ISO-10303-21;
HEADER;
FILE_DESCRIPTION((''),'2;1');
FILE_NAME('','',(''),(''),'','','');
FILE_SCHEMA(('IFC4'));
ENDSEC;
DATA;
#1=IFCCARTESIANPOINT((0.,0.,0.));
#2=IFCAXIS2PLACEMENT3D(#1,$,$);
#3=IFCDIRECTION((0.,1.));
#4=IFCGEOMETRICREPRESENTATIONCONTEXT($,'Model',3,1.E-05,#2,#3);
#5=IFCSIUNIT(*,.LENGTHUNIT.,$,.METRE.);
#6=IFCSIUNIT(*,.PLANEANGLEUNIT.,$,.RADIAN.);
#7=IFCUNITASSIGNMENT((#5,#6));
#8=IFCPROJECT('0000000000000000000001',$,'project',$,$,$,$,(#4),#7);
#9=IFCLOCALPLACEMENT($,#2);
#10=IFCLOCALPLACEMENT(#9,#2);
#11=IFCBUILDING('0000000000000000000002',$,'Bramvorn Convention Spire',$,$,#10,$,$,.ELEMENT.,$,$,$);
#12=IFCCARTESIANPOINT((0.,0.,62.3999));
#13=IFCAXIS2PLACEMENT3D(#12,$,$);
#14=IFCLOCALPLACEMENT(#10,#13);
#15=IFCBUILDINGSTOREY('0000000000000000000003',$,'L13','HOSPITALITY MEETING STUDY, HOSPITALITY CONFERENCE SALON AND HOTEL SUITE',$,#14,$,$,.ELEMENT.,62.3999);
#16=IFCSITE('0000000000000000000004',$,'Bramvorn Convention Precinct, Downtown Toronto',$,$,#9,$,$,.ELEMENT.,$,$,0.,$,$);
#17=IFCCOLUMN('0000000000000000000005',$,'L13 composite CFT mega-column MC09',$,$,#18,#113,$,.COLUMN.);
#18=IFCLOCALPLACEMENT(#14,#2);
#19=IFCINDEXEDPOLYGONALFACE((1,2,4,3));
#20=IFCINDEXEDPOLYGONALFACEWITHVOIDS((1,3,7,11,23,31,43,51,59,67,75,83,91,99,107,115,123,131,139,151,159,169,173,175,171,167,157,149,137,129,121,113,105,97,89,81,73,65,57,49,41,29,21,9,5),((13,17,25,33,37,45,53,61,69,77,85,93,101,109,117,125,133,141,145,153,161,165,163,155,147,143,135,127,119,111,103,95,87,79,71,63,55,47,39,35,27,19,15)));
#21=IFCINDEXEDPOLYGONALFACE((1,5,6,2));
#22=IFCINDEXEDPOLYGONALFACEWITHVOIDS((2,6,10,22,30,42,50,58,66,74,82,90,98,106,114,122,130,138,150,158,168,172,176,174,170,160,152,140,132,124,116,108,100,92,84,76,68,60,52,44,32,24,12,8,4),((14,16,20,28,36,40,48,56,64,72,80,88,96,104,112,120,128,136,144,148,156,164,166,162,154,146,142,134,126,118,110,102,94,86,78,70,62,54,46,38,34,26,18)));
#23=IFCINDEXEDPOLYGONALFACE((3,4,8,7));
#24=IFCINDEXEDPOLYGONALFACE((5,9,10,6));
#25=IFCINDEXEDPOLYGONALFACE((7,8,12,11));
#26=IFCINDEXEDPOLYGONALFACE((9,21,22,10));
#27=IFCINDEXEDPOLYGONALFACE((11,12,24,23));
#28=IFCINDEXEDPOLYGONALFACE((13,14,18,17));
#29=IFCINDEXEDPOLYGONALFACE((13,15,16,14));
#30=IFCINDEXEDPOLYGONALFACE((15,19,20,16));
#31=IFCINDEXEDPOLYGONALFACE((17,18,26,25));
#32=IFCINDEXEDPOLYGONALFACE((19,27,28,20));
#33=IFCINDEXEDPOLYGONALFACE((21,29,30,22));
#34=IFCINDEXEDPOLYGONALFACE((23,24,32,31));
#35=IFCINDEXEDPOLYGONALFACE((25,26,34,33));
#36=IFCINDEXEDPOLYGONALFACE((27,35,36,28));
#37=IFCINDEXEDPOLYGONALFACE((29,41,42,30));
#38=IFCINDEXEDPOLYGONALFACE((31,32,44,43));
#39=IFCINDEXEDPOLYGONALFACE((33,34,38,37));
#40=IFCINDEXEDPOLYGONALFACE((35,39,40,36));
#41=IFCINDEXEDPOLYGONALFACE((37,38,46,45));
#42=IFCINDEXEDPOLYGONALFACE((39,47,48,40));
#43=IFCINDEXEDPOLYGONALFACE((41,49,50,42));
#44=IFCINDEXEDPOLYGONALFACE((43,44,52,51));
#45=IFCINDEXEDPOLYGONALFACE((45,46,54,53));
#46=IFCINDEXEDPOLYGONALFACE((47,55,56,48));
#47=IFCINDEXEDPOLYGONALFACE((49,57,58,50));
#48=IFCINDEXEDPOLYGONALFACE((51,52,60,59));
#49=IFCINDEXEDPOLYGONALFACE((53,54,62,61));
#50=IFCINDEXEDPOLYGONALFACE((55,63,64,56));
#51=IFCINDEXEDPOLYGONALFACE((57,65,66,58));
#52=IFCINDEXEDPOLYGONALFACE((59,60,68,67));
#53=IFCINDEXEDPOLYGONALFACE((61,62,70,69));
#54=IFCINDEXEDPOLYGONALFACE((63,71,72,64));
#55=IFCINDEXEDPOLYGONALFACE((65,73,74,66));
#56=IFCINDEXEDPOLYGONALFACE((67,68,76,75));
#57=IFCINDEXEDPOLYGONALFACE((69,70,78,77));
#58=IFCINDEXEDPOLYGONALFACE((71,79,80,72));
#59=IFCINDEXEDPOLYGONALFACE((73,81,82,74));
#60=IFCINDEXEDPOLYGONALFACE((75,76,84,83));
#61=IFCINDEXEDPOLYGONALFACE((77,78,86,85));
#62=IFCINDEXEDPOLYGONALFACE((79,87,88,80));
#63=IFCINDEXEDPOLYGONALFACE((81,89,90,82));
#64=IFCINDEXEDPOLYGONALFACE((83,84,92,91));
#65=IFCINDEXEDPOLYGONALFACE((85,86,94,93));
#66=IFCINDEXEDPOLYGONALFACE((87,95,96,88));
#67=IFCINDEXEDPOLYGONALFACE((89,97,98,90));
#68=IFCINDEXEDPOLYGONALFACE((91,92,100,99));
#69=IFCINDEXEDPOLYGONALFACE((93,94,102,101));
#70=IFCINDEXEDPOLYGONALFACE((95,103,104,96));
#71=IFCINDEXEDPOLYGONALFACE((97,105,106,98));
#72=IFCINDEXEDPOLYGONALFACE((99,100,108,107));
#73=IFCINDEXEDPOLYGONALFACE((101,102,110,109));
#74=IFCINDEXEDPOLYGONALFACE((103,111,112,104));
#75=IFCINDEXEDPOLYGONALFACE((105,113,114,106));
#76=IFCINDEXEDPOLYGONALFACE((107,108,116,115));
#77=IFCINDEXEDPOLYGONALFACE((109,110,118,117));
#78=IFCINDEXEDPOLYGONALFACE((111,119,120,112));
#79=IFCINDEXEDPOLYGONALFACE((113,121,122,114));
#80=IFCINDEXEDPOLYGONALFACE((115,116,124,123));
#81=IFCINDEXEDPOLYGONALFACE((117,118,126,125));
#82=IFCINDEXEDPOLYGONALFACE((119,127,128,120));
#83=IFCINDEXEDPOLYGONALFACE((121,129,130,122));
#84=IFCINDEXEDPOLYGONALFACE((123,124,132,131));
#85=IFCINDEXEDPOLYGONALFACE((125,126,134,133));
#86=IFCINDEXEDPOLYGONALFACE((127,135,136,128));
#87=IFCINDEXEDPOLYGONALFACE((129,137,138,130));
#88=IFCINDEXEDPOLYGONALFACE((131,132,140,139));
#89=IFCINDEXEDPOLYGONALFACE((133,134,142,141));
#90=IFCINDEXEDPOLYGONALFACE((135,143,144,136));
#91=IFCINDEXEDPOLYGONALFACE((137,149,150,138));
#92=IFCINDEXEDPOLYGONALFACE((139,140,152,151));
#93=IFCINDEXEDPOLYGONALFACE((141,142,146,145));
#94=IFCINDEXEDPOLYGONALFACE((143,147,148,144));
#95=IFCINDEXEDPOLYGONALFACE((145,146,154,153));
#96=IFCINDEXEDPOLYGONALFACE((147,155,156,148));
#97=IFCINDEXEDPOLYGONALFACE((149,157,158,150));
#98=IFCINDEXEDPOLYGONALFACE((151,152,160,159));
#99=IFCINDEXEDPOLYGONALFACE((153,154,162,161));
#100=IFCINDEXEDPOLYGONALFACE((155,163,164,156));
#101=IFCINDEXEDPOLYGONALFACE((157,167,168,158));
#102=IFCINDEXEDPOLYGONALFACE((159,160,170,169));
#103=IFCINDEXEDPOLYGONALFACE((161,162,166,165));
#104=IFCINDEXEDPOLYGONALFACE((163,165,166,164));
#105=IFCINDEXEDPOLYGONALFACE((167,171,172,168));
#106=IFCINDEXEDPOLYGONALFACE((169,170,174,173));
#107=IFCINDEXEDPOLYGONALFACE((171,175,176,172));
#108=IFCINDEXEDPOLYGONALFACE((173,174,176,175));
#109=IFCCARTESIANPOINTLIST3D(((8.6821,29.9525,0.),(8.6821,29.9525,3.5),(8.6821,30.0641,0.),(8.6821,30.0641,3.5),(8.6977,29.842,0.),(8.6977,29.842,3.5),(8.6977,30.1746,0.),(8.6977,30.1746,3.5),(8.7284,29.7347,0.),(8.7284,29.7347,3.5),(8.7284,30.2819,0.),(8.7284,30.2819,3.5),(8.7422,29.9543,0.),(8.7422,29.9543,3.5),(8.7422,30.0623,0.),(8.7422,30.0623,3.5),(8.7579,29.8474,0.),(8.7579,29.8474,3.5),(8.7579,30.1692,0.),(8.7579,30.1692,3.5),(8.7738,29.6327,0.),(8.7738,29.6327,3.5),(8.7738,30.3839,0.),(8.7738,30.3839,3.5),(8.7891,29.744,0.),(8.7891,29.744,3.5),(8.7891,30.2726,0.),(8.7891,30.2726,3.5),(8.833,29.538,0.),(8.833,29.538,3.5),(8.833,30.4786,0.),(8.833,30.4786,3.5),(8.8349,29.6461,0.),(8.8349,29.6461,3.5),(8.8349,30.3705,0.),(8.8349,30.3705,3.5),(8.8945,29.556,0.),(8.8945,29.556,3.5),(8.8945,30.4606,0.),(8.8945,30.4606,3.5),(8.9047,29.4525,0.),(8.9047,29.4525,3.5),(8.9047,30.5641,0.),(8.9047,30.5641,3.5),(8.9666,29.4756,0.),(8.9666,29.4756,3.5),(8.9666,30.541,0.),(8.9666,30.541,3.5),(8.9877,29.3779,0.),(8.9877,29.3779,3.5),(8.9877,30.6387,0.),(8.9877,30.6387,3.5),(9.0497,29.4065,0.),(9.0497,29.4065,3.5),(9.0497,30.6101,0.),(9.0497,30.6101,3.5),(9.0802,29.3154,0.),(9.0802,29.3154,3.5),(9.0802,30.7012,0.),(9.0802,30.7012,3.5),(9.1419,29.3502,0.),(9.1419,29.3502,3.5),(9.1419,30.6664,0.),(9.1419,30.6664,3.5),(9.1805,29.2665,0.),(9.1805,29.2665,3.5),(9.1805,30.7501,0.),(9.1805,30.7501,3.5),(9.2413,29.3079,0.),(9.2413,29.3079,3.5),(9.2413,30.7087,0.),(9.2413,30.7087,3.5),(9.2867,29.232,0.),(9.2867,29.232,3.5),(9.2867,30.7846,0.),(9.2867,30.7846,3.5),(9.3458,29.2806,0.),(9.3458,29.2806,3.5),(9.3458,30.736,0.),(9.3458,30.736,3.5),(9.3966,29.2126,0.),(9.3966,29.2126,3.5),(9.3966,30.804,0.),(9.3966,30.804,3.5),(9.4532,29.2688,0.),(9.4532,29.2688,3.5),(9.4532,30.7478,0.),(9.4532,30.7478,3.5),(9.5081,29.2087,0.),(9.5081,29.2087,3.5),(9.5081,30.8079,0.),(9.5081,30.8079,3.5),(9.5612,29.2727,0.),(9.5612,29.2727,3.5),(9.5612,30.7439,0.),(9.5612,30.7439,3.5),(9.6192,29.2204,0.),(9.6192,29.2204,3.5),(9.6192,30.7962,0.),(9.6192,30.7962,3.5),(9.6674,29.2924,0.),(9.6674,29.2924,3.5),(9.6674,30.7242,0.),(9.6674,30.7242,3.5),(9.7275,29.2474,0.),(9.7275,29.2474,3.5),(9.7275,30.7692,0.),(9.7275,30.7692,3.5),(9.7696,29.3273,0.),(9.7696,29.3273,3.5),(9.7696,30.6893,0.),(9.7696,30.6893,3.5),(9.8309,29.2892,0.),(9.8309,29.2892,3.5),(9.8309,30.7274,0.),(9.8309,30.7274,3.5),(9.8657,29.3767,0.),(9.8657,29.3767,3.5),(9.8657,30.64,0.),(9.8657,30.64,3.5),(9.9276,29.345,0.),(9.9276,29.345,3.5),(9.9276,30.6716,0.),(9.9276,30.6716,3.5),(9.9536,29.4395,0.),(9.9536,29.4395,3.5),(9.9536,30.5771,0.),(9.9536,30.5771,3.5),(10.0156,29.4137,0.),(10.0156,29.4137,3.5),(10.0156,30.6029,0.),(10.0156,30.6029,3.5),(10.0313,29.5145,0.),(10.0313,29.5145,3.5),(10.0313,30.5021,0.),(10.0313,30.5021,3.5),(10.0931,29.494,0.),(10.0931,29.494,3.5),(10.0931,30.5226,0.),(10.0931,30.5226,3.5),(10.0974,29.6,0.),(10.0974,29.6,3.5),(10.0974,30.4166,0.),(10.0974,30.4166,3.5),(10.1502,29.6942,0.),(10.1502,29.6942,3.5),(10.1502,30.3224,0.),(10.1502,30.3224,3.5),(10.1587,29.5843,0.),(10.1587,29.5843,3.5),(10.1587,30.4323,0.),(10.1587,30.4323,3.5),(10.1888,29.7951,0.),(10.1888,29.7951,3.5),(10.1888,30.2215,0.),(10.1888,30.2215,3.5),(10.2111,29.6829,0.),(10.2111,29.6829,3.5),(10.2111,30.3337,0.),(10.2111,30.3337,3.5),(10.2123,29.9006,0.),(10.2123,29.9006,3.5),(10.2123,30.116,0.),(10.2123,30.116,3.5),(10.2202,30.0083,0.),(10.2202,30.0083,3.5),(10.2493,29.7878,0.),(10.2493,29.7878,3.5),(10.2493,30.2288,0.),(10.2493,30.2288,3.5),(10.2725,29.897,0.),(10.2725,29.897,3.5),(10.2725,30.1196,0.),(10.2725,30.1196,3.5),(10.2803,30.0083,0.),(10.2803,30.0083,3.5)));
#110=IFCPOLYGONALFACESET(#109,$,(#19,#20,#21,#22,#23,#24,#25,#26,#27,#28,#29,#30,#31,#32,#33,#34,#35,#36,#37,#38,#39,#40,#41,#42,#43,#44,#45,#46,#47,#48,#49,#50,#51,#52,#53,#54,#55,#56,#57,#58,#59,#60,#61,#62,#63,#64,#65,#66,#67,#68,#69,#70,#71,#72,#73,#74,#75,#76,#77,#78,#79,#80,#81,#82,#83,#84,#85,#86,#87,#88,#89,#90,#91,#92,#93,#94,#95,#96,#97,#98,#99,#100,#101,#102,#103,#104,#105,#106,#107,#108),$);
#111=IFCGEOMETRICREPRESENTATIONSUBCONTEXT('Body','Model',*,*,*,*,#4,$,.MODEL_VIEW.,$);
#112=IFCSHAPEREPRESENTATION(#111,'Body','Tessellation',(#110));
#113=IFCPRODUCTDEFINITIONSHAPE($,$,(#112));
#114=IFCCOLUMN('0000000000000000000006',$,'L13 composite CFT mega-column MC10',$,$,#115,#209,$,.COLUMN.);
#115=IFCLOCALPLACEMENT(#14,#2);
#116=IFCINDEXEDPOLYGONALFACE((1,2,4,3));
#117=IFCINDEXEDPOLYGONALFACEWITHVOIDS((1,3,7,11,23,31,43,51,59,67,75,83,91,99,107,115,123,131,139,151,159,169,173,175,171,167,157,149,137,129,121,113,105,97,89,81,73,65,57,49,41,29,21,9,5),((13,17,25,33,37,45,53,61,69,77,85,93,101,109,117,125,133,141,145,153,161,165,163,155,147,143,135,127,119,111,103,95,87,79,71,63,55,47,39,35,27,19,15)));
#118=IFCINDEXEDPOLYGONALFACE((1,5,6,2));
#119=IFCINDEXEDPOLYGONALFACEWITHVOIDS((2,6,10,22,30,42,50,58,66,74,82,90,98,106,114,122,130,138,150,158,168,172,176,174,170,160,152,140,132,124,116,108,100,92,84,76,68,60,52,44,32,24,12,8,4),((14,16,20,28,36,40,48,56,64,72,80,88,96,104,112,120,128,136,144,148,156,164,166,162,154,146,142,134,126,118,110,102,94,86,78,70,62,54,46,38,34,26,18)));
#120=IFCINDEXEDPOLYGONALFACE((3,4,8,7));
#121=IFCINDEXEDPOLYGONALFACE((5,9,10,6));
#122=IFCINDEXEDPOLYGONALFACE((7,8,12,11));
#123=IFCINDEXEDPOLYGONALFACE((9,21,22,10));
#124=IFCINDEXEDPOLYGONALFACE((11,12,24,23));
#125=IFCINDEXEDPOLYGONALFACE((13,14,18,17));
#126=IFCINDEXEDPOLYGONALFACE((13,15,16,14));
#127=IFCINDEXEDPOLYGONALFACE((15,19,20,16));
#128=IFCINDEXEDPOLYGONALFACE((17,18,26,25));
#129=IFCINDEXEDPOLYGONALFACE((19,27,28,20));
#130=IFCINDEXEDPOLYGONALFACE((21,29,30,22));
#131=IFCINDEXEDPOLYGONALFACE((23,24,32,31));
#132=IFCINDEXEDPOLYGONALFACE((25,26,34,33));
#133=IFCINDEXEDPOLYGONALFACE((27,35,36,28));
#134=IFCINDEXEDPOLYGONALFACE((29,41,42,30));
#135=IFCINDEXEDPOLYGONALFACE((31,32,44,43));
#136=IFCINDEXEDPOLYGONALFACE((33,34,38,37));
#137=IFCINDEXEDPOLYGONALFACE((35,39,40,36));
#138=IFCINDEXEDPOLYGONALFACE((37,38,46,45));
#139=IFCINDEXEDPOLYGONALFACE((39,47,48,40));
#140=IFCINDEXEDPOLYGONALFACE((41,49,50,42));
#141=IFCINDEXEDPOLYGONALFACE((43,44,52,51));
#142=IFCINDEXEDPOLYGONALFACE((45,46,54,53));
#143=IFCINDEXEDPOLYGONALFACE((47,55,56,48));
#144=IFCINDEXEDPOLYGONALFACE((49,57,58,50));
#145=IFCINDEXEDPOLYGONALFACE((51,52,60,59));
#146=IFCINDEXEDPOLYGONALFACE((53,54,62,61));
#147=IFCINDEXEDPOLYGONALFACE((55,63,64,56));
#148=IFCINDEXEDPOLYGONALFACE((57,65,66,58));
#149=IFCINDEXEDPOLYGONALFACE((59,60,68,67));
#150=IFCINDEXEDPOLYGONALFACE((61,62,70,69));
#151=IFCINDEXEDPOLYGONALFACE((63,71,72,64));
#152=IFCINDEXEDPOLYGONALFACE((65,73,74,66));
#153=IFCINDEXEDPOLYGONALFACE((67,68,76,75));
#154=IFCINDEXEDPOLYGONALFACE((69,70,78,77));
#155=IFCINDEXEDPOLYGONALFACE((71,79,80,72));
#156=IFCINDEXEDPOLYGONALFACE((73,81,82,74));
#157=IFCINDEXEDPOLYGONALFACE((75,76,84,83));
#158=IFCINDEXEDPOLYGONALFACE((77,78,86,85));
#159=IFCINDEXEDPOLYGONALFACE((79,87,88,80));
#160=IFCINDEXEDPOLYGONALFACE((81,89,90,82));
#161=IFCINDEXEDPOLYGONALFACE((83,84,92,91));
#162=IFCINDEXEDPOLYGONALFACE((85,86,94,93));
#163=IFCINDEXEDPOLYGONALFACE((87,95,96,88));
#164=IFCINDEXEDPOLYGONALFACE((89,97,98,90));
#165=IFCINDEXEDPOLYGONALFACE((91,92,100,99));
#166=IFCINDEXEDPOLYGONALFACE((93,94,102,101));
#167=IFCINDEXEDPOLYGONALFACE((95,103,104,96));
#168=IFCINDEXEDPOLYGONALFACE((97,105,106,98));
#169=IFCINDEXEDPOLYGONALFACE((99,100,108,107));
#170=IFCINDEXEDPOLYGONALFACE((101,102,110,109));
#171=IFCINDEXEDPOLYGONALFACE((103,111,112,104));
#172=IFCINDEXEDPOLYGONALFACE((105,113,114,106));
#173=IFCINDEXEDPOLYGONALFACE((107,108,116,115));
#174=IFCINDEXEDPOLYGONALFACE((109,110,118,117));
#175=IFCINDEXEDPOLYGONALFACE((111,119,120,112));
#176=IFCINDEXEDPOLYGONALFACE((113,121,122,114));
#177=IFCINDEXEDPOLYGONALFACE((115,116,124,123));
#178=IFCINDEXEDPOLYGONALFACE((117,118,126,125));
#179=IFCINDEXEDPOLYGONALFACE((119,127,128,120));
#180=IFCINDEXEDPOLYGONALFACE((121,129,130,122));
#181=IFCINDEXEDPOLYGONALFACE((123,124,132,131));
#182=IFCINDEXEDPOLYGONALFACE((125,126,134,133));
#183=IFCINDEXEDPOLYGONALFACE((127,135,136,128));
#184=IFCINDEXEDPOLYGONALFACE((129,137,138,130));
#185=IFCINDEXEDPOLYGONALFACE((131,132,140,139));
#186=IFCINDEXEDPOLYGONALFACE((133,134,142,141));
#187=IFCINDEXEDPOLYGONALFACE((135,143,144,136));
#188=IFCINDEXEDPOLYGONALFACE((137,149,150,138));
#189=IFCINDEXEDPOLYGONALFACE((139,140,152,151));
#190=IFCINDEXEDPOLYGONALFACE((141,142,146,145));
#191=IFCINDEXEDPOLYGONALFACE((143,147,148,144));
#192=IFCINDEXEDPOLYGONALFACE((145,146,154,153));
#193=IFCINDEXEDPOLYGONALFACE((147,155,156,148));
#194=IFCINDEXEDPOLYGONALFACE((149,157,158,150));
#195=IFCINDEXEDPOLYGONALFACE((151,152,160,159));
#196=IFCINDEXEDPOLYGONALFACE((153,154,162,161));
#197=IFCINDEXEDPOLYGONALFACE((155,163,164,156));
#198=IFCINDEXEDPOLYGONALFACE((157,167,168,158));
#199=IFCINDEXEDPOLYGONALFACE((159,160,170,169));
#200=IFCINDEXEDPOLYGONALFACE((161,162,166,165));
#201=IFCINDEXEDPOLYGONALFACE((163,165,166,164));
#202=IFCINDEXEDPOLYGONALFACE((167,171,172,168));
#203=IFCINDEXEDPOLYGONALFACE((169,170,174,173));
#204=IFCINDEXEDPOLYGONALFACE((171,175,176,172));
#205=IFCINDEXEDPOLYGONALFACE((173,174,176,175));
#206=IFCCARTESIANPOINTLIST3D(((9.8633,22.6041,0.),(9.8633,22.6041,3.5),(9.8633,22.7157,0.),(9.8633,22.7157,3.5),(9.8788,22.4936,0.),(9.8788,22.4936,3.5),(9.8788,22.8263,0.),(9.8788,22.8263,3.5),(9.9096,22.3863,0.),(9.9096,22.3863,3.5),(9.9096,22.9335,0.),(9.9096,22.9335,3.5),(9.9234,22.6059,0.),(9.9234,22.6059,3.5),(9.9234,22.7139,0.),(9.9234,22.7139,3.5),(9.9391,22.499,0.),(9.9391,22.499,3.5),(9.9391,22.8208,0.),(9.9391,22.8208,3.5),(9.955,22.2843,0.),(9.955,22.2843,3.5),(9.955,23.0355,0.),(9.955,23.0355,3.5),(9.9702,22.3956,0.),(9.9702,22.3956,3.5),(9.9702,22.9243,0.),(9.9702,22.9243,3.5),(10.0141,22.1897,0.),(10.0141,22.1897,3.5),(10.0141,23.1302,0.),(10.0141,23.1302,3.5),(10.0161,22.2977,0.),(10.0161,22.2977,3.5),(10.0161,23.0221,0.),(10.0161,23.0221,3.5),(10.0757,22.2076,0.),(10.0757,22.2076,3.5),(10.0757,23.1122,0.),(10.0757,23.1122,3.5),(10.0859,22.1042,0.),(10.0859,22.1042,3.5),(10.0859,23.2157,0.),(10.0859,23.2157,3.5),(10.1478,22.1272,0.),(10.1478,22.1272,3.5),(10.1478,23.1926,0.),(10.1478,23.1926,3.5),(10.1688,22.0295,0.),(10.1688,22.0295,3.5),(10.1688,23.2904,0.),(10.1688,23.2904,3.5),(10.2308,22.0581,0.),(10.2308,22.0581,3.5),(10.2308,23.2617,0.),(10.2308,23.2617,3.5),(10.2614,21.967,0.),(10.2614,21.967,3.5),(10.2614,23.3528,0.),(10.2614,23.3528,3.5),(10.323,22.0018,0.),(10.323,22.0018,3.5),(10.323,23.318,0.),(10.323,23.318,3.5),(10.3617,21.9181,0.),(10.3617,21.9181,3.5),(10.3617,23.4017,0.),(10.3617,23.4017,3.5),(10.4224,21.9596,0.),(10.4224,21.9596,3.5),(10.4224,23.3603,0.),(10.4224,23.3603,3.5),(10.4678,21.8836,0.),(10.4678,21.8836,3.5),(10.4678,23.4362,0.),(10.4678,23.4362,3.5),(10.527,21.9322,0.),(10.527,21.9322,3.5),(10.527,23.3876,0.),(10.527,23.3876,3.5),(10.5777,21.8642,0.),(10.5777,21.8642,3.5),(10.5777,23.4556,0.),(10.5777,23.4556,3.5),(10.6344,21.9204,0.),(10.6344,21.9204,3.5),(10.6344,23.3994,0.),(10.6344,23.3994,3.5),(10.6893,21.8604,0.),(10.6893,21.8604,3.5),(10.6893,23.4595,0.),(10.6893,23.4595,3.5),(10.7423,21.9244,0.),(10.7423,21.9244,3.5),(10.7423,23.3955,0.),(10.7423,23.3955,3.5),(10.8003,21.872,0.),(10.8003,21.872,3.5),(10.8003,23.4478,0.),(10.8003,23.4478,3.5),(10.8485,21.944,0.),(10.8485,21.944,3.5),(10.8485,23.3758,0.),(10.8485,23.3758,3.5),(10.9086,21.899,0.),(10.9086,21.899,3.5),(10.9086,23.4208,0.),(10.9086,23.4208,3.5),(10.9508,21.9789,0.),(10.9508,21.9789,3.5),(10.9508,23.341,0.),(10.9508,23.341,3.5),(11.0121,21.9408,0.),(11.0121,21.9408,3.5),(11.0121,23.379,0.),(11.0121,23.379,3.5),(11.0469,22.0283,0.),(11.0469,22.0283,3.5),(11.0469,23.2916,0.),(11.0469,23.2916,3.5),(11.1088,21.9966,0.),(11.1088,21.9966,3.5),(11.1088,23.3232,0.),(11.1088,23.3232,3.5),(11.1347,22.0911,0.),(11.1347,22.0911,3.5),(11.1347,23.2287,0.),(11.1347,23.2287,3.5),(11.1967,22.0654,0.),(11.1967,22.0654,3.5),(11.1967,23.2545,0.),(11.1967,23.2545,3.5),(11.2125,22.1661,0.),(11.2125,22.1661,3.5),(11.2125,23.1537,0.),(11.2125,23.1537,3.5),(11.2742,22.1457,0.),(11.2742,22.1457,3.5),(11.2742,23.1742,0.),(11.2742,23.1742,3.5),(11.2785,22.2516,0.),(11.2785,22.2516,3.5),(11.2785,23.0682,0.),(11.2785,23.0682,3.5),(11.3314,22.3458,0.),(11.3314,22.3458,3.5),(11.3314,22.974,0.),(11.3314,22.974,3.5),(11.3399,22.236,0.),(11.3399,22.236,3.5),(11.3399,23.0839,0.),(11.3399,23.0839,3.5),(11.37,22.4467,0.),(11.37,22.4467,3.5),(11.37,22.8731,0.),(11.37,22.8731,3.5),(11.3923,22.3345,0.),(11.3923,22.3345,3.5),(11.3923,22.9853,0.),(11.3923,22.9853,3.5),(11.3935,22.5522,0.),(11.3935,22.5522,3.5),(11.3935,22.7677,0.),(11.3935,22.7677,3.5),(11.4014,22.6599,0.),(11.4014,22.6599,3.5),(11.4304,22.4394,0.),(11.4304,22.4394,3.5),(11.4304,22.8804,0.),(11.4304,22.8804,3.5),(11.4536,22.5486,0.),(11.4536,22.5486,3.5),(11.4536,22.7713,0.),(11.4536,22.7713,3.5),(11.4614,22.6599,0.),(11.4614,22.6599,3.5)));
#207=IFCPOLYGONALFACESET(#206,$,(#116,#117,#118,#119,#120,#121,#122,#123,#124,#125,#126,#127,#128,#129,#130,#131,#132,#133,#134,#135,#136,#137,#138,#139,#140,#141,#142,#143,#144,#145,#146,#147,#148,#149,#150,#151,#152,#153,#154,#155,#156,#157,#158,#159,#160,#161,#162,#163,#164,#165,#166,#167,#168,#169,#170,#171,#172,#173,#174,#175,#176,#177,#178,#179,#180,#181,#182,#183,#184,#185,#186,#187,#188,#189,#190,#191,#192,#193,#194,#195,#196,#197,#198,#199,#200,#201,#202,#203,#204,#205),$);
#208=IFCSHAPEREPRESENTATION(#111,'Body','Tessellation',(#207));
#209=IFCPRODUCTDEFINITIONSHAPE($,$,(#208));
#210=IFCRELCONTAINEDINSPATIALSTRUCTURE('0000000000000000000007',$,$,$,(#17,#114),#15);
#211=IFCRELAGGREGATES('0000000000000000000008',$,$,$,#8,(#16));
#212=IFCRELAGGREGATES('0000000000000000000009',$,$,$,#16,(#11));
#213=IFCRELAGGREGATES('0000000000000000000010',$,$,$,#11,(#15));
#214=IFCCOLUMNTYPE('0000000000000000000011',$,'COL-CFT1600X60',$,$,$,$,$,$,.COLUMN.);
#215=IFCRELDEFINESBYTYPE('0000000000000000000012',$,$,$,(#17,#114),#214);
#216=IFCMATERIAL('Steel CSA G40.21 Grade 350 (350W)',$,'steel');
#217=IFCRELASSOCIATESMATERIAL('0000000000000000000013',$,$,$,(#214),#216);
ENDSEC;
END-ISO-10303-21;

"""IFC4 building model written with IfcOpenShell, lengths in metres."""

from ifc_helpers import new_model, si_unit, direction, frame, origin, origin_2d, place, context, subcontext, project, spatial, hollow_circle, extrude, material, material_profile, profile_set, type_object, element, save


model = new_model("IFC4")

# Units and contexts
model_context = context("Model", 3, precision=1e-05, world=origin(), true_north=direction((0.0, 1.0)))
body_context = subcontext(model_context, "Body", "Model", "MODEL_VIEW")
ifc_project = project(units=[si_unit("LENGTHUNIT", "METRE"), si_unit("PLANEANGLEUNIT", "RADIAN")], contexts=[model_context])

# Site, building, storey
site_placement = place(None, origin())
site = spatial("IfcSite", under=ifc_project, at=site_placement, Name="Bramvorn Convention Precinct, Downtown Toronto", CompositionType="ELEMENT", RefElevation=0.0)
building_placement = place(site_placement, origin())
building = spatial("IfcBuilding", under=site, at=building_placement, Name="Bramvorn Convention Spire", CompositionType="ELEMENT")
storey_placement = place(building_placement, frame((0.0, 0.0, 62.3999)))
storey = spatial("IfcBuildingStorey", under=building, at=storey_placement, Name="L13", Description="HOSPITALITY MEETING STUDY, HOSPITALITY CONFERENCE SALON AND HOTEL SUITE", CompositionType="ELEMENT", Elevation=62.3999)

# Columns
ifc_material_1 = material(Name="Steel CSA G40.21 Grade 350 (350W)", Category="steel")
ifc_material_profile_1 = material_profile(ifc_material_1, hollow_circle(Radius=0.8, WallThickness=0.0601, at=origin_2d()))
ifc_profile_set_1 = profile_set([ifc_material_profile_1], Name="Steel CSA G40.21 Grade 350 (350W) - CFT1600X60")
column_type = type_object("IfcColumnType", Name="COL-CFT1600X60", PredefinedType="COLUMN", material=ifc_profile_set_1)
for number, where, z_axis, x_axis, name in (
    (1, (9.4802, 30.0083, 0.0), (0.0, 0.0, 1.0), (1.0, 0.0, 0.0), "L13 composite CFT mega-column MC09"),
    (2, (10.6614, 22.6599, 0.0), (0.0, 0.0, 1.0), (1.0, 0.0, 0.0), "L13 composite CFT mega-column MC10"),
):
    element("IfcColumn", number, at=place(storey_placement, frame(where, z_axis=z_axis, x_axis=x_axis)), inside=storey, type_object=column_type, Name=name, PredefinedType="COLUMN", context=body_context, shape_type="SweptSolid", body=[
        extrude(hollow_circle(Radius=0.8, WallThickness=0.0601, at=origin_2d()), origin(), (0.0, 0.0, 1.0), 3.5),
    ])

save(model, "model.ifc")
